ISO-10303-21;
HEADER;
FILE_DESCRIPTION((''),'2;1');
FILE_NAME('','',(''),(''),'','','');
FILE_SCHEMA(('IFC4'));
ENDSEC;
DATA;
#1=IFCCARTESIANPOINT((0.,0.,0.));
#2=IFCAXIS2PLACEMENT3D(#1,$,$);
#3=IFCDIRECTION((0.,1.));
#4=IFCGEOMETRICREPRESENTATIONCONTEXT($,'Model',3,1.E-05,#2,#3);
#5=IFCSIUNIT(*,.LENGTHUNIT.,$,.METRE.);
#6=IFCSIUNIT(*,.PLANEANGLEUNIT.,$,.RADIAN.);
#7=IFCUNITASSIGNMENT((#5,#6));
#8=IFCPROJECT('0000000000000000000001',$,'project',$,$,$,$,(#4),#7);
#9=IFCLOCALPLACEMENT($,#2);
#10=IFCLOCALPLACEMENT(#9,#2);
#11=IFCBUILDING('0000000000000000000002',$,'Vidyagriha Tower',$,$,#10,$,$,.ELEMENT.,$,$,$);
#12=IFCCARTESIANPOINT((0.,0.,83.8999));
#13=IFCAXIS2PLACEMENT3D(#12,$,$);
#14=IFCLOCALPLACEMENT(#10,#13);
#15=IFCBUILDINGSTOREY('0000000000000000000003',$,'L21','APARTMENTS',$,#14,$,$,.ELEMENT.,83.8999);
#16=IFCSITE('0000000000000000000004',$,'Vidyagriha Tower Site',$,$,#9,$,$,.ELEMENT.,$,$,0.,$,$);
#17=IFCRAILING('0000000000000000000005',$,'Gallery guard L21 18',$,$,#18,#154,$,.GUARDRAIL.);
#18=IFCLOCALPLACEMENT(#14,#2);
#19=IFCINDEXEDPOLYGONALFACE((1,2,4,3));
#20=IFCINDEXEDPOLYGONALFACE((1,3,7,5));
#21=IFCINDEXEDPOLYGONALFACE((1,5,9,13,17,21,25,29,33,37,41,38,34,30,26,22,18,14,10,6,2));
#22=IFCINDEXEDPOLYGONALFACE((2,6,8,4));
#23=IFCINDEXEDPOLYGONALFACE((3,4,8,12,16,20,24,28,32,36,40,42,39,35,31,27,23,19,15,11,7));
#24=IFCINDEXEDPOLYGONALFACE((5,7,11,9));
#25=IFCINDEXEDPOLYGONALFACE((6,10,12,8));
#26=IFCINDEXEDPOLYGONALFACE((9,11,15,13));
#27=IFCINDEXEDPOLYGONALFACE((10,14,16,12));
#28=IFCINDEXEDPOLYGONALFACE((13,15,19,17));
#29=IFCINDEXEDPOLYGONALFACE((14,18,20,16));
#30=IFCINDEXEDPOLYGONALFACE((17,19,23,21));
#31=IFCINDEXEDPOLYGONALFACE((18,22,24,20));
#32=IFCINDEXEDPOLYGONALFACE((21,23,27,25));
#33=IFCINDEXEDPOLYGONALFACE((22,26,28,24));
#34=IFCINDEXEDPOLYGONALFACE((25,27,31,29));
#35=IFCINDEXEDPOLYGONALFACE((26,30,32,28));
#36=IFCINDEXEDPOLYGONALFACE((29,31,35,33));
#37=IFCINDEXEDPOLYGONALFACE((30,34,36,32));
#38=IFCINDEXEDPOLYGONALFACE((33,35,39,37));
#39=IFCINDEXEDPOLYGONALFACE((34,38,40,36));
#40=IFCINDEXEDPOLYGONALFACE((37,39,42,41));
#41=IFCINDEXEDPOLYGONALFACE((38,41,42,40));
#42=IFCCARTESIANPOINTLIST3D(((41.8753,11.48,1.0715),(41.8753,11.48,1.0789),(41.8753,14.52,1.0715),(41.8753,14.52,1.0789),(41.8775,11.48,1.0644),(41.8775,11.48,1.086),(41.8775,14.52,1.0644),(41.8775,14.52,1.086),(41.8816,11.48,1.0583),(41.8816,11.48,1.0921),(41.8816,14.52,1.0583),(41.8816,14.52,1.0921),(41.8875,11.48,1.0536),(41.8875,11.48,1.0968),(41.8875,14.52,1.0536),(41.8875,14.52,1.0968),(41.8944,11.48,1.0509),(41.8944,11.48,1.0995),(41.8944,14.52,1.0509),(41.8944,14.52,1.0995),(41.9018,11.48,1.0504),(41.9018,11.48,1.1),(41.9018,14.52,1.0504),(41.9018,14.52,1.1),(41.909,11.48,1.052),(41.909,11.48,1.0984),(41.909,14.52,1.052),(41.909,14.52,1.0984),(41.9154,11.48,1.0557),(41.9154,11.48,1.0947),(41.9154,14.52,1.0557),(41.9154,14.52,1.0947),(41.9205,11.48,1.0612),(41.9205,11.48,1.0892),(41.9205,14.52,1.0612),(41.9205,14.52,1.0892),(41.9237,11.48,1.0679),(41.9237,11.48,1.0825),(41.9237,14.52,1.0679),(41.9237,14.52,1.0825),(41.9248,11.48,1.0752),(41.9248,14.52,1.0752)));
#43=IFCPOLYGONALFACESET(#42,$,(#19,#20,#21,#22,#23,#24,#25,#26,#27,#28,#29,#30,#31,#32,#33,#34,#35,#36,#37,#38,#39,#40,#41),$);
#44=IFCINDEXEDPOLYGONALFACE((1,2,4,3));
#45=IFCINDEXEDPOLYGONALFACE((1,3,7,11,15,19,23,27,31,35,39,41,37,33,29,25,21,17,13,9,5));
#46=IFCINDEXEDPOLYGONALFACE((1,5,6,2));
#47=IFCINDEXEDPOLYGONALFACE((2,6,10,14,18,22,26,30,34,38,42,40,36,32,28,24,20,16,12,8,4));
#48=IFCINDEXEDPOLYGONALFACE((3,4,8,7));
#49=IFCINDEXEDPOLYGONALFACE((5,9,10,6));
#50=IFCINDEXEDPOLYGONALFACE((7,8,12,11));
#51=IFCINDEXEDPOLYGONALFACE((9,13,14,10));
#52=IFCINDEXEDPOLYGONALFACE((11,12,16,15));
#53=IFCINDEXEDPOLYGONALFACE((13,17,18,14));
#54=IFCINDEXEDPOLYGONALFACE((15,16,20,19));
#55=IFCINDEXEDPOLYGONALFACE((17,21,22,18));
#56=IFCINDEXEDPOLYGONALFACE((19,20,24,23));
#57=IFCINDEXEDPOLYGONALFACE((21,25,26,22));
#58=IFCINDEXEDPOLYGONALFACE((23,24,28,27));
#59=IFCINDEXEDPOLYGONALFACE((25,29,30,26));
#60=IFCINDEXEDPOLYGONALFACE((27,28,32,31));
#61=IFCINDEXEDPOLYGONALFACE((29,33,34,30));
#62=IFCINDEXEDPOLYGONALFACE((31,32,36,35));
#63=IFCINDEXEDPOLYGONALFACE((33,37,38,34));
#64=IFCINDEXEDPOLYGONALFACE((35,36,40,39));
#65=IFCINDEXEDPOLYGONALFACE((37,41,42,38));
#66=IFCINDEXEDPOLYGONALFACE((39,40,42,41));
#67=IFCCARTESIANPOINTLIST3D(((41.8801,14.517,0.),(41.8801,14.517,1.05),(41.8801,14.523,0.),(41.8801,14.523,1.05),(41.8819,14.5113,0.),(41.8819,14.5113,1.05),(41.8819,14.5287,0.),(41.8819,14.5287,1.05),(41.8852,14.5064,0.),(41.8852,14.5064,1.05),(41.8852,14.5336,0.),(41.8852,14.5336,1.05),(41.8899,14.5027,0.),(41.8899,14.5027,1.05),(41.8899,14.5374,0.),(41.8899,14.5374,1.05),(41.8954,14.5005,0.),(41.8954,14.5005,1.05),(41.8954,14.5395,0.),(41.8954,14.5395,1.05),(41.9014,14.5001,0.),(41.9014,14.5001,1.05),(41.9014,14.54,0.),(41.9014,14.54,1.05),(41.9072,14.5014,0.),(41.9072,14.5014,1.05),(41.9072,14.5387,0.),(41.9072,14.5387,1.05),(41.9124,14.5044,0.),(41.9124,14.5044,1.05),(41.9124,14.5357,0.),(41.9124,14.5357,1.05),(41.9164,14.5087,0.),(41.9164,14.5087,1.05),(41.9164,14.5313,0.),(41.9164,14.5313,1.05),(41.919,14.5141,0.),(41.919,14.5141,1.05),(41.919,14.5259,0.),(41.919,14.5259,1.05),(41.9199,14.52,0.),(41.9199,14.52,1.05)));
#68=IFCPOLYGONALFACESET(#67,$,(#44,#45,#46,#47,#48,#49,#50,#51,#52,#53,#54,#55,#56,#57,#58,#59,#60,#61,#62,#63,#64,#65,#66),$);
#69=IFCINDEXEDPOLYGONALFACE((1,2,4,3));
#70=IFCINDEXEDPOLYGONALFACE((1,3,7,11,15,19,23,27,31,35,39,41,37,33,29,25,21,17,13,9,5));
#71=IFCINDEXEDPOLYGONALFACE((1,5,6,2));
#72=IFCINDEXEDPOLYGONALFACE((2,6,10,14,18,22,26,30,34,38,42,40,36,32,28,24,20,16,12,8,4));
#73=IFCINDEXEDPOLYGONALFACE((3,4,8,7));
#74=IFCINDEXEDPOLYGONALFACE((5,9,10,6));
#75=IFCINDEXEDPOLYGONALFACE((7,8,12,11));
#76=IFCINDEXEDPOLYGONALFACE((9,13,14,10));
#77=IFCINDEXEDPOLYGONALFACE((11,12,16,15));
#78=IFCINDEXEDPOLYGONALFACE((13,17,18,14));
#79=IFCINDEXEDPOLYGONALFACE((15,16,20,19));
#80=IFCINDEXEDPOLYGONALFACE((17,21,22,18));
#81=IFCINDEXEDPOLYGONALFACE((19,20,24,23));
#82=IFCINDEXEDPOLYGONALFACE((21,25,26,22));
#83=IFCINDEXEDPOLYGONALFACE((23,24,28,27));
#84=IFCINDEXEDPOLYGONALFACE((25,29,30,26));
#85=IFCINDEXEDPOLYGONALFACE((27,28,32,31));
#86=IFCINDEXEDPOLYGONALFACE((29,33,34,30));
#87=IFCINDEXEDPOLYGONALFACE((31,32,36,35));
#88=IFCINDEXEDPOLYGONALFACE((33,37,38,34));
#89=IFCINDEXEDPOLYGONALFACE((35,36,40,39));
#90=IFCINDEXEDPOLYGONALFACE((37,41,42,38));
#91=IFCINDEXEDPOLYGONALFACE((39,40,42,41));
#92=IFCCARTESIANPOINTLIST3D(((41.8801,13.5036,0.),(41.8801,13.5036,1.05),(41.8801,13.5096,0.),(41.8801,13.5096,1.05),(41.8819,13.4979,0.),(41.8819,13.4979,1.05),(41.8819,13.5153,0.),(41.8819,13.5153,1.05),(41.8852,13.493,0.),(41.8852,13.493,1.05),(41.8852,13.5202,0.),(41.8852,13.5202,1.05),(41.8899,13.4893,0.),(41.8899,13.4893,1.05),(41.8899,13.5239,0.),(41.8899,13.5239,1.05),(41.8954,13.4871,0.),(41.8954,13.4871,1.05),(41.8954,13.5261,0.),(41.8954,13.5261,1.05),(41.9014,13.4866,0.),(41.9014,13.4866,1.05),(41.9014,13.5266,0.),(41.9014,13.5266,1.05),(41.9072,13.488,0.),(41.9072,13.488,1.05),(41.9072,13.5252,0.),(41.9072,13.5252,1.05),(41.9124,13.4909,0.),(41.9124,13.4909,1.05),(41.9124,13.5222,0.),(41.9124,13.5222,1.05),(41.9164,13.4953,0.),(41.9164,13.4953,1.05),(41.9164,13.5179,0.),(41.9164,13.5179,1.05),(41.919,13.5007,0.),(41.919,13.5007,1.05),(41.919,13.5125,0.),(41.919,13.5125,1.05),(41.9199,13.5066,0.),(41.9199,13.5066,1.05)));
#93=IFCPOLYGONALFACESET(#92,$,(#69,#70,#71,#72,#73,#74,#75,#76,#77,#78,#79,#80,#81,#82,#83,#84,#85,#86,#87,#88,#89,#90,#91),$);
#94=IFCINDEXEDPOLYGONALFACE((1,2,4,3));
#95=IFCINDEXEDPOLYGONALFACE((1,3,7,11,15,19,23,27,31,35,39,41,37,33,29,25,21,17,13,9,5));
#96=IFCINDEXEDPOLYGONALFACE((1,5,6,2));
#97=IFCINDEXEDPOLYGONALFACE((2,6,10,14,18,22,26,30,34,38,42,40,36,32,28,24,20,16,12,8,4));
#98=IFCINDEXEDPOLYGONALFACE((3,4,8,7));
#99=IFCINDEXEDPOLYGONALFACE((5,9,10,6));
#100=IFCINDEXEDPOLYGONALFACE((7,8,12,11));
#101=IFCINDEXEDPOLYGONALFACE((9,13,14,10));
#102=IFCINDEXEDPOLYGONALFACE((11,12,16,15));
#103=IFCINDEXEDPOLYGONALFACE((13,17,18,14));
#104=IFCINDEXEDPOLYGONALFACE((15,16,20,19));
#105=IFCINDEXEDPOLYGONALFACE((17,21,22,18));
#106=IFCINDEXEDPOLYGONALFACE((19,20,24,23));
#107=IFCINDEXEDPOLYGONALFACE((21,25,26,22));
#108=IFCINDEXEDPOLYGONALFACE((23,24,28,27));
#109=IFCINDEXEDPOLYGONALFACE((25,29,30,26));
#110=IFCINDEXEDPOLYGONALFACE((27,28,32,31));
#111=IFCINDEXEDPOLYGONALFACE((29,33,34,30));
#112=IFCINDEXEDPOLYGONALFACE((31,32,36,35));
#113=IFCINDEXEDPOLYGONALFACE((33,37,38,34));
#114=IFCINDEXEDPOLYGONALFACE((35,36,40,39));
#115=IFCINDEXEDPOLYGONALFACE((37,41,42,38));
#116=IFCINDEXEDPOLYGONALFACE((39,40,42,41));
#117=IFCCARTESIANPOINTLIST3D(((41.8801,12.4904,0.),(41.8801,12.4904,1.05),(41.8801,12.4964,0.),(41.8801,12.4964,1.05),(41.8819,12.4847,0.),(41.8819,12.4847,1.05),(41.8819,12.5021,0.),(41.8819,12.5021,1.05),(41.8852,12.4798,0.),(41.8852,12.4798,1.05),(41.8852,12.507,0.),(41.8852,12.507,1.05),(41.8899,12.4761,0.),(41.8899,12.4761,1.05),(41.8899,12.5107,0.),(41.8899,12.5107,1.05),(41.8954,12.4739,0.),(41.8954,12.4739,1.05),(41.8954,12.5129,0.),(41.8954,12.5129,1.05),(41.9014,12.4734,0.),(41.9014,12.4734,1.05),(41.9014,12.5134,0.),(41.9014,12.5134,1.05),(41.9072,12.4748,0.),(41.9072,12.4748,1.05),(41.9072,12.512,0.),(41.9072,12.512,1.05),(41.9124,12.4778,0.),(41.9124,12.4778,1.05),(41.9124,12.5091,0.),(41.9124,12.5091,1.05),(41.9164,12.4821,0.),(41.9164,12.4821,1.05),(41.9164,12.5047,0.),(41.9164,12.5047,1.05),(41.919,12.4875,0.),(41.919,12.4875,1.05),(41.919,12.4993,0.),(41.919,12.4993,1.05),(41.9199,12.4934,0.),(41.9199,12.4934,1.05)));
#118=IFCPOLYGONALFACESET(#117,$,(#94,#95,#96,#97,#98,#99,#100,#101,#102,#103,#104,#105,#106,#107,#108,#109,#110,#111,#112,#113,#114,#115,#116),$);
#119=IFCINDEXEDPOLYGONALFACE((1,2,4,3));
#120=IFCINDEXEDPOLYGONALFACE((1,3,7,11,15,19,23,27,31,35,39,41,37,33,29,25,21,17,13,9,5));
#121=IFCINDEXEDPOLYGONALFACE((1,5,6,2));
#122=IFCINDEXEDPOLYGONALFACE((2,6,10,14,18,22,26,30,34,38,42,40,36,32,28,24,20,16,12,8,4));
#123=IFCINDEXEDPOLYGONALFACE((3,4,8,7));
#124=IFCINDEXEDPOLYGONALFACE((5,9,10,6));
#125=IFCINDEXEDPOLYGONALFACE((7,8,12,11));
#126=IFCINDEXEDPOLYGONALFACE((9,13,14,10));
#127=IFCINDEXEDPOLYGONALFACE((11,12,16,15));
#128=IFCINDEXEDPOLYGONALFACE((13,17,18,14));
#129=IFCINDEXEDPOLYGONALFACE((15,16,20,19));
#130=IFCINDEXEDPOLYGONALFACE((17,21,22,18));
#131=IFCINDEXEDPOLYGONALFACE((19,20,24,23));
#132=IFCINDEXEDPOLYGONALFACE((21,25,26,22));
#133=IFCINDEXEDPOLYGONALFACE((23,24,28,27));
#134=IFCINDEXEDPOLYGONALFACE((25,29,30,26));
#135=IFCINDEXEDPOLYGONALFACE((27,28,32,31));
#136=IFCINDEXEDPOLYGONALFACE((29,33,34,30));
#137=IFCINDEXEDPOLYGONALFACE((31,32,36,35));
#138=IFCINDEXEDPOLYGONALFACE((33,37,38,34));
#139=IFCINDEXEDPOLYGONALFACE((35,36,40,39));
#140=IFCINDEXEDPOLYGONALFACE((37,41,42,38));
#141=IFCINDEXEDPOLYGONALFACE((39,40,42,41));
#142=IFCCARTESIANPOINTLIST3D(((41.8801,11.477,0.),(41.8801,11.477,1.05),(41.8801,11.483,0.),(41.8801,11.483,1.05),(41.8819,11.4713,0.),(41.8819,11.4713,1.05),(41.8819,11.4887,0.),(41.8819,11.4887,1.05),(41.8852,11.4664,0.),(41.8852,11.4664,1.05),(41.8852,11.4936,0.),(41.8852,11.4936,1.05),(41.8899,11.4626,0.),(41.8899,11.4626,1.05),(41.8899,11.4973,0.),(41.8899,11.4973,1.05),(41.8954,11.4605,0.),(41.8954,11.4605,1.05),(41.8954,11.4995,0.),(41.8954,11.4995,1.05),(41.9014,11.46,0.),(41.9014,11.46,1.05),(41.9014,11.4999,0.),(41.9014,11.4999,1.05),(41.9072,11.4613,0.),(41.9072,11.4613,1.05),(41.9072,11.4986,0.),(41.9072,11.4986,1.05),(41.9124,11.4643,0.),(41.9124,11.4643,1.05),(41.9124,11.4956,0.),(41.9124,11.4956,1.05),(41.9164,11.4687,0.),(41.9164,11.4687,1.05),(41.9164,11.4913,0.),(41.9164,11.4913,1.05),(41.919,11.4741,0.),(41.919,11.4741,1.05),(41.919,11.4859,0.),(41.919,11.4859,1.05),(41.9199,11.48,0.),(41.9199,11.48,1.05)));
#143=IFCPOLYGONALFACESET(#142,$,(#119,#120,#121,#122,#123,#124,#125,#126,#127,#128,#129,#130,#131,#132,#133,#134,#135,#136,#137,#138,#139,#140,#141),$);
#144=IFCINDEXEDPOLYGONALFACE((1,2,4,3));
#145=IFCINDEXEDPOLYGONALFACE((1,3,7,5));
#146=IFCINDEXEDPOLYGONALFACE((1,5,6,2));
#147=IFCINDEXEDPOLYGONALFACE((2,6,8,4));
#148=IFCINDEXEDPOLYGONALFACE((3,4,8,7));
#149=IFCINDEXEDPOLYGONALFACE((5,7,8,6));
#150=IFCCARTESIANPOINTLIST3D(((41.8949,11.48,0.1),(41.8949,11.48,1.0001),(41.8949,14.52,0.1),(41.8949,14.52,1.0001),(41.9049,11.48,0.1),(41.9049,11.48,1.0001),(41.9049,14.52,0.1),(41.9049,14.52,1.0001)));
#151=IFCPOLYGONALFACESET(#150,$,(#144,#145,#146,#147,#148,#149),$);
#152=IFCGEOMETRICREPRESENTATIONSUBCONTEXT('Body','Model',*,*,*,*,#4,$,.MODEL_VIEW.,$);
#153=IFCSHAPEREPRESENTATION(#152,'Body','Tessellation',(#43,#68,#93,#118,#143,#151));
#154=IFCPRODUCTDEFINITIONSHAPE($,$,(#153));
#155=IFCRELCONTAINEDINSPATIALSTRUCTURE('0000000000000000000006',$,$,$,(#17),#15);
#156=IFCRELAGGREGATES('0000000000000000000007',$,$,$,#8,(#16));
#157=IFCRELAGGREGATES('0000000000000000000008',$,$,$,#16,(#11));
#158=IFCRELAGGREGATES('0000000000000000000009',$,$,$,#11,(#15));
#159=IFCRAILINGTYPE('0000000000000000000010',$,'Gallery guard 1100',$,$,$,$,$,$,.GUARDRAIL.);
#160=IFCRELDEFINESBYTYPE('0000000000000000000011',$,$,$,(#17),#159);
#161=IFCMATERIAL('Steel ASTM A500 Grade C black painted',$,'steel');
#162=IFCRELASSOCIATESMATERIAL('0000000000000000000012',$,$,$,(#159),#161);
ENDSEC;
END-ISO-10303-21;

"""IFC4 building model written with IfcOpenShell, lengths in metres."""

from ifc_helpers import new_model, si_unit, direction, frame, origin, origin_2d, place, context, subcontext, project, spatial, rectangle, circle, extrude, material, type_object, element, save


model = new_model("IFC4")

# Units and contexts
model_context = context("Model", 3, precision=1e-05, world=origin(), true_north=direction((0.0, 1.0)))
body_context = subcontext(model_context, "Body", "Model", "MODEL_VIEW")
ifc_project = project(units=[si_unit("LENGTHUNIT", "METRE"), si_unit("PLANEANGLEUNIT", "RADIAN")], contexts=[model_context])

# Site, building, storey
site_placement = place(None, origin())
site = spatial("IfcSite", under=ifc_project, at=site_placement, Name="Vidyagriha Tower Site", CompositionType="ELEMENT", RefElevation=0.0)
building_placement = place(site_placement, origin())
building = spatial("IfcBuilding", under=site, at=building_placement, Name="Vidyagriha Tower", CompositionType="ELEMENT")
storey_placement = place(building_placement, frame((0.0, 0.0, 83.8999)))
storey = spatial("IfcBuildingStorey", under=building, at=storey_placement, Name="L21", Description="APARTMENTS", CompositionType="ELEMENT", Elevation=83.8999)

# Railing
ifc_material_1 = material(Name="Steel ASTM A500 Grade C black painted", Category="steel")
railing_type = type_object("IfcRailingType", Name="Gallery guard 1100", PredefinedType="GUARDRAIL", material=ifc_material_1)
railing_1_placement = place(storey_placement, frame((41.8999, 14.52, 0.0)))
element("IfcRailing", 1, at=railing_1_placement, inside=storey, type_object=railing_type, Name="Gallery guard L21 18", PredefinedType="GUARDRAIL", context=body_context, shape_type="SweptSolid", body=[
    extrude(circle(Radius=0.0249, at=origin_2d()), frame((0.0, 0.0, 1.0752), z_axis=(0.0, -1.0, 0.0), x_axis=(1.0, 0.0, 0.0)), (0.0, 0.0, 1.0), 3.04),
    extrude(circle(Radius=0.02, at=origin_2d()), origin(), (0.0, 0.0, 1.0), 1.05),
    extrude(circle(Radius=0.02, at=origin_2d()), frame((0.0, -1.0134, 0.0)), (0.0, 0.0, 1.0), 1.05),
    extrude(circle(Radius=0.02, at=origin_2d()), frame((0.0, -2.0266, 0.0)), (0.0, 0.0, 1.0), 1.05),
    extrude(circle(Radius=0.02, at=origin_2d()), frame((0.0, -3.04, 0.0)), (0.0, 0.0, 1.0), 1.05),
    extrude(rectangle(XDim=0.01, YDim=0.9001, at=origin_2d()), frame((0.0, 0.0, 0.55), z_axis=(0.0, -1.0, 0.0), x_axis=(1.0, 0.0, 0.0)), (0.0, 0.0, 1.0), 3.04),
])

save(model, "model.ifc")
